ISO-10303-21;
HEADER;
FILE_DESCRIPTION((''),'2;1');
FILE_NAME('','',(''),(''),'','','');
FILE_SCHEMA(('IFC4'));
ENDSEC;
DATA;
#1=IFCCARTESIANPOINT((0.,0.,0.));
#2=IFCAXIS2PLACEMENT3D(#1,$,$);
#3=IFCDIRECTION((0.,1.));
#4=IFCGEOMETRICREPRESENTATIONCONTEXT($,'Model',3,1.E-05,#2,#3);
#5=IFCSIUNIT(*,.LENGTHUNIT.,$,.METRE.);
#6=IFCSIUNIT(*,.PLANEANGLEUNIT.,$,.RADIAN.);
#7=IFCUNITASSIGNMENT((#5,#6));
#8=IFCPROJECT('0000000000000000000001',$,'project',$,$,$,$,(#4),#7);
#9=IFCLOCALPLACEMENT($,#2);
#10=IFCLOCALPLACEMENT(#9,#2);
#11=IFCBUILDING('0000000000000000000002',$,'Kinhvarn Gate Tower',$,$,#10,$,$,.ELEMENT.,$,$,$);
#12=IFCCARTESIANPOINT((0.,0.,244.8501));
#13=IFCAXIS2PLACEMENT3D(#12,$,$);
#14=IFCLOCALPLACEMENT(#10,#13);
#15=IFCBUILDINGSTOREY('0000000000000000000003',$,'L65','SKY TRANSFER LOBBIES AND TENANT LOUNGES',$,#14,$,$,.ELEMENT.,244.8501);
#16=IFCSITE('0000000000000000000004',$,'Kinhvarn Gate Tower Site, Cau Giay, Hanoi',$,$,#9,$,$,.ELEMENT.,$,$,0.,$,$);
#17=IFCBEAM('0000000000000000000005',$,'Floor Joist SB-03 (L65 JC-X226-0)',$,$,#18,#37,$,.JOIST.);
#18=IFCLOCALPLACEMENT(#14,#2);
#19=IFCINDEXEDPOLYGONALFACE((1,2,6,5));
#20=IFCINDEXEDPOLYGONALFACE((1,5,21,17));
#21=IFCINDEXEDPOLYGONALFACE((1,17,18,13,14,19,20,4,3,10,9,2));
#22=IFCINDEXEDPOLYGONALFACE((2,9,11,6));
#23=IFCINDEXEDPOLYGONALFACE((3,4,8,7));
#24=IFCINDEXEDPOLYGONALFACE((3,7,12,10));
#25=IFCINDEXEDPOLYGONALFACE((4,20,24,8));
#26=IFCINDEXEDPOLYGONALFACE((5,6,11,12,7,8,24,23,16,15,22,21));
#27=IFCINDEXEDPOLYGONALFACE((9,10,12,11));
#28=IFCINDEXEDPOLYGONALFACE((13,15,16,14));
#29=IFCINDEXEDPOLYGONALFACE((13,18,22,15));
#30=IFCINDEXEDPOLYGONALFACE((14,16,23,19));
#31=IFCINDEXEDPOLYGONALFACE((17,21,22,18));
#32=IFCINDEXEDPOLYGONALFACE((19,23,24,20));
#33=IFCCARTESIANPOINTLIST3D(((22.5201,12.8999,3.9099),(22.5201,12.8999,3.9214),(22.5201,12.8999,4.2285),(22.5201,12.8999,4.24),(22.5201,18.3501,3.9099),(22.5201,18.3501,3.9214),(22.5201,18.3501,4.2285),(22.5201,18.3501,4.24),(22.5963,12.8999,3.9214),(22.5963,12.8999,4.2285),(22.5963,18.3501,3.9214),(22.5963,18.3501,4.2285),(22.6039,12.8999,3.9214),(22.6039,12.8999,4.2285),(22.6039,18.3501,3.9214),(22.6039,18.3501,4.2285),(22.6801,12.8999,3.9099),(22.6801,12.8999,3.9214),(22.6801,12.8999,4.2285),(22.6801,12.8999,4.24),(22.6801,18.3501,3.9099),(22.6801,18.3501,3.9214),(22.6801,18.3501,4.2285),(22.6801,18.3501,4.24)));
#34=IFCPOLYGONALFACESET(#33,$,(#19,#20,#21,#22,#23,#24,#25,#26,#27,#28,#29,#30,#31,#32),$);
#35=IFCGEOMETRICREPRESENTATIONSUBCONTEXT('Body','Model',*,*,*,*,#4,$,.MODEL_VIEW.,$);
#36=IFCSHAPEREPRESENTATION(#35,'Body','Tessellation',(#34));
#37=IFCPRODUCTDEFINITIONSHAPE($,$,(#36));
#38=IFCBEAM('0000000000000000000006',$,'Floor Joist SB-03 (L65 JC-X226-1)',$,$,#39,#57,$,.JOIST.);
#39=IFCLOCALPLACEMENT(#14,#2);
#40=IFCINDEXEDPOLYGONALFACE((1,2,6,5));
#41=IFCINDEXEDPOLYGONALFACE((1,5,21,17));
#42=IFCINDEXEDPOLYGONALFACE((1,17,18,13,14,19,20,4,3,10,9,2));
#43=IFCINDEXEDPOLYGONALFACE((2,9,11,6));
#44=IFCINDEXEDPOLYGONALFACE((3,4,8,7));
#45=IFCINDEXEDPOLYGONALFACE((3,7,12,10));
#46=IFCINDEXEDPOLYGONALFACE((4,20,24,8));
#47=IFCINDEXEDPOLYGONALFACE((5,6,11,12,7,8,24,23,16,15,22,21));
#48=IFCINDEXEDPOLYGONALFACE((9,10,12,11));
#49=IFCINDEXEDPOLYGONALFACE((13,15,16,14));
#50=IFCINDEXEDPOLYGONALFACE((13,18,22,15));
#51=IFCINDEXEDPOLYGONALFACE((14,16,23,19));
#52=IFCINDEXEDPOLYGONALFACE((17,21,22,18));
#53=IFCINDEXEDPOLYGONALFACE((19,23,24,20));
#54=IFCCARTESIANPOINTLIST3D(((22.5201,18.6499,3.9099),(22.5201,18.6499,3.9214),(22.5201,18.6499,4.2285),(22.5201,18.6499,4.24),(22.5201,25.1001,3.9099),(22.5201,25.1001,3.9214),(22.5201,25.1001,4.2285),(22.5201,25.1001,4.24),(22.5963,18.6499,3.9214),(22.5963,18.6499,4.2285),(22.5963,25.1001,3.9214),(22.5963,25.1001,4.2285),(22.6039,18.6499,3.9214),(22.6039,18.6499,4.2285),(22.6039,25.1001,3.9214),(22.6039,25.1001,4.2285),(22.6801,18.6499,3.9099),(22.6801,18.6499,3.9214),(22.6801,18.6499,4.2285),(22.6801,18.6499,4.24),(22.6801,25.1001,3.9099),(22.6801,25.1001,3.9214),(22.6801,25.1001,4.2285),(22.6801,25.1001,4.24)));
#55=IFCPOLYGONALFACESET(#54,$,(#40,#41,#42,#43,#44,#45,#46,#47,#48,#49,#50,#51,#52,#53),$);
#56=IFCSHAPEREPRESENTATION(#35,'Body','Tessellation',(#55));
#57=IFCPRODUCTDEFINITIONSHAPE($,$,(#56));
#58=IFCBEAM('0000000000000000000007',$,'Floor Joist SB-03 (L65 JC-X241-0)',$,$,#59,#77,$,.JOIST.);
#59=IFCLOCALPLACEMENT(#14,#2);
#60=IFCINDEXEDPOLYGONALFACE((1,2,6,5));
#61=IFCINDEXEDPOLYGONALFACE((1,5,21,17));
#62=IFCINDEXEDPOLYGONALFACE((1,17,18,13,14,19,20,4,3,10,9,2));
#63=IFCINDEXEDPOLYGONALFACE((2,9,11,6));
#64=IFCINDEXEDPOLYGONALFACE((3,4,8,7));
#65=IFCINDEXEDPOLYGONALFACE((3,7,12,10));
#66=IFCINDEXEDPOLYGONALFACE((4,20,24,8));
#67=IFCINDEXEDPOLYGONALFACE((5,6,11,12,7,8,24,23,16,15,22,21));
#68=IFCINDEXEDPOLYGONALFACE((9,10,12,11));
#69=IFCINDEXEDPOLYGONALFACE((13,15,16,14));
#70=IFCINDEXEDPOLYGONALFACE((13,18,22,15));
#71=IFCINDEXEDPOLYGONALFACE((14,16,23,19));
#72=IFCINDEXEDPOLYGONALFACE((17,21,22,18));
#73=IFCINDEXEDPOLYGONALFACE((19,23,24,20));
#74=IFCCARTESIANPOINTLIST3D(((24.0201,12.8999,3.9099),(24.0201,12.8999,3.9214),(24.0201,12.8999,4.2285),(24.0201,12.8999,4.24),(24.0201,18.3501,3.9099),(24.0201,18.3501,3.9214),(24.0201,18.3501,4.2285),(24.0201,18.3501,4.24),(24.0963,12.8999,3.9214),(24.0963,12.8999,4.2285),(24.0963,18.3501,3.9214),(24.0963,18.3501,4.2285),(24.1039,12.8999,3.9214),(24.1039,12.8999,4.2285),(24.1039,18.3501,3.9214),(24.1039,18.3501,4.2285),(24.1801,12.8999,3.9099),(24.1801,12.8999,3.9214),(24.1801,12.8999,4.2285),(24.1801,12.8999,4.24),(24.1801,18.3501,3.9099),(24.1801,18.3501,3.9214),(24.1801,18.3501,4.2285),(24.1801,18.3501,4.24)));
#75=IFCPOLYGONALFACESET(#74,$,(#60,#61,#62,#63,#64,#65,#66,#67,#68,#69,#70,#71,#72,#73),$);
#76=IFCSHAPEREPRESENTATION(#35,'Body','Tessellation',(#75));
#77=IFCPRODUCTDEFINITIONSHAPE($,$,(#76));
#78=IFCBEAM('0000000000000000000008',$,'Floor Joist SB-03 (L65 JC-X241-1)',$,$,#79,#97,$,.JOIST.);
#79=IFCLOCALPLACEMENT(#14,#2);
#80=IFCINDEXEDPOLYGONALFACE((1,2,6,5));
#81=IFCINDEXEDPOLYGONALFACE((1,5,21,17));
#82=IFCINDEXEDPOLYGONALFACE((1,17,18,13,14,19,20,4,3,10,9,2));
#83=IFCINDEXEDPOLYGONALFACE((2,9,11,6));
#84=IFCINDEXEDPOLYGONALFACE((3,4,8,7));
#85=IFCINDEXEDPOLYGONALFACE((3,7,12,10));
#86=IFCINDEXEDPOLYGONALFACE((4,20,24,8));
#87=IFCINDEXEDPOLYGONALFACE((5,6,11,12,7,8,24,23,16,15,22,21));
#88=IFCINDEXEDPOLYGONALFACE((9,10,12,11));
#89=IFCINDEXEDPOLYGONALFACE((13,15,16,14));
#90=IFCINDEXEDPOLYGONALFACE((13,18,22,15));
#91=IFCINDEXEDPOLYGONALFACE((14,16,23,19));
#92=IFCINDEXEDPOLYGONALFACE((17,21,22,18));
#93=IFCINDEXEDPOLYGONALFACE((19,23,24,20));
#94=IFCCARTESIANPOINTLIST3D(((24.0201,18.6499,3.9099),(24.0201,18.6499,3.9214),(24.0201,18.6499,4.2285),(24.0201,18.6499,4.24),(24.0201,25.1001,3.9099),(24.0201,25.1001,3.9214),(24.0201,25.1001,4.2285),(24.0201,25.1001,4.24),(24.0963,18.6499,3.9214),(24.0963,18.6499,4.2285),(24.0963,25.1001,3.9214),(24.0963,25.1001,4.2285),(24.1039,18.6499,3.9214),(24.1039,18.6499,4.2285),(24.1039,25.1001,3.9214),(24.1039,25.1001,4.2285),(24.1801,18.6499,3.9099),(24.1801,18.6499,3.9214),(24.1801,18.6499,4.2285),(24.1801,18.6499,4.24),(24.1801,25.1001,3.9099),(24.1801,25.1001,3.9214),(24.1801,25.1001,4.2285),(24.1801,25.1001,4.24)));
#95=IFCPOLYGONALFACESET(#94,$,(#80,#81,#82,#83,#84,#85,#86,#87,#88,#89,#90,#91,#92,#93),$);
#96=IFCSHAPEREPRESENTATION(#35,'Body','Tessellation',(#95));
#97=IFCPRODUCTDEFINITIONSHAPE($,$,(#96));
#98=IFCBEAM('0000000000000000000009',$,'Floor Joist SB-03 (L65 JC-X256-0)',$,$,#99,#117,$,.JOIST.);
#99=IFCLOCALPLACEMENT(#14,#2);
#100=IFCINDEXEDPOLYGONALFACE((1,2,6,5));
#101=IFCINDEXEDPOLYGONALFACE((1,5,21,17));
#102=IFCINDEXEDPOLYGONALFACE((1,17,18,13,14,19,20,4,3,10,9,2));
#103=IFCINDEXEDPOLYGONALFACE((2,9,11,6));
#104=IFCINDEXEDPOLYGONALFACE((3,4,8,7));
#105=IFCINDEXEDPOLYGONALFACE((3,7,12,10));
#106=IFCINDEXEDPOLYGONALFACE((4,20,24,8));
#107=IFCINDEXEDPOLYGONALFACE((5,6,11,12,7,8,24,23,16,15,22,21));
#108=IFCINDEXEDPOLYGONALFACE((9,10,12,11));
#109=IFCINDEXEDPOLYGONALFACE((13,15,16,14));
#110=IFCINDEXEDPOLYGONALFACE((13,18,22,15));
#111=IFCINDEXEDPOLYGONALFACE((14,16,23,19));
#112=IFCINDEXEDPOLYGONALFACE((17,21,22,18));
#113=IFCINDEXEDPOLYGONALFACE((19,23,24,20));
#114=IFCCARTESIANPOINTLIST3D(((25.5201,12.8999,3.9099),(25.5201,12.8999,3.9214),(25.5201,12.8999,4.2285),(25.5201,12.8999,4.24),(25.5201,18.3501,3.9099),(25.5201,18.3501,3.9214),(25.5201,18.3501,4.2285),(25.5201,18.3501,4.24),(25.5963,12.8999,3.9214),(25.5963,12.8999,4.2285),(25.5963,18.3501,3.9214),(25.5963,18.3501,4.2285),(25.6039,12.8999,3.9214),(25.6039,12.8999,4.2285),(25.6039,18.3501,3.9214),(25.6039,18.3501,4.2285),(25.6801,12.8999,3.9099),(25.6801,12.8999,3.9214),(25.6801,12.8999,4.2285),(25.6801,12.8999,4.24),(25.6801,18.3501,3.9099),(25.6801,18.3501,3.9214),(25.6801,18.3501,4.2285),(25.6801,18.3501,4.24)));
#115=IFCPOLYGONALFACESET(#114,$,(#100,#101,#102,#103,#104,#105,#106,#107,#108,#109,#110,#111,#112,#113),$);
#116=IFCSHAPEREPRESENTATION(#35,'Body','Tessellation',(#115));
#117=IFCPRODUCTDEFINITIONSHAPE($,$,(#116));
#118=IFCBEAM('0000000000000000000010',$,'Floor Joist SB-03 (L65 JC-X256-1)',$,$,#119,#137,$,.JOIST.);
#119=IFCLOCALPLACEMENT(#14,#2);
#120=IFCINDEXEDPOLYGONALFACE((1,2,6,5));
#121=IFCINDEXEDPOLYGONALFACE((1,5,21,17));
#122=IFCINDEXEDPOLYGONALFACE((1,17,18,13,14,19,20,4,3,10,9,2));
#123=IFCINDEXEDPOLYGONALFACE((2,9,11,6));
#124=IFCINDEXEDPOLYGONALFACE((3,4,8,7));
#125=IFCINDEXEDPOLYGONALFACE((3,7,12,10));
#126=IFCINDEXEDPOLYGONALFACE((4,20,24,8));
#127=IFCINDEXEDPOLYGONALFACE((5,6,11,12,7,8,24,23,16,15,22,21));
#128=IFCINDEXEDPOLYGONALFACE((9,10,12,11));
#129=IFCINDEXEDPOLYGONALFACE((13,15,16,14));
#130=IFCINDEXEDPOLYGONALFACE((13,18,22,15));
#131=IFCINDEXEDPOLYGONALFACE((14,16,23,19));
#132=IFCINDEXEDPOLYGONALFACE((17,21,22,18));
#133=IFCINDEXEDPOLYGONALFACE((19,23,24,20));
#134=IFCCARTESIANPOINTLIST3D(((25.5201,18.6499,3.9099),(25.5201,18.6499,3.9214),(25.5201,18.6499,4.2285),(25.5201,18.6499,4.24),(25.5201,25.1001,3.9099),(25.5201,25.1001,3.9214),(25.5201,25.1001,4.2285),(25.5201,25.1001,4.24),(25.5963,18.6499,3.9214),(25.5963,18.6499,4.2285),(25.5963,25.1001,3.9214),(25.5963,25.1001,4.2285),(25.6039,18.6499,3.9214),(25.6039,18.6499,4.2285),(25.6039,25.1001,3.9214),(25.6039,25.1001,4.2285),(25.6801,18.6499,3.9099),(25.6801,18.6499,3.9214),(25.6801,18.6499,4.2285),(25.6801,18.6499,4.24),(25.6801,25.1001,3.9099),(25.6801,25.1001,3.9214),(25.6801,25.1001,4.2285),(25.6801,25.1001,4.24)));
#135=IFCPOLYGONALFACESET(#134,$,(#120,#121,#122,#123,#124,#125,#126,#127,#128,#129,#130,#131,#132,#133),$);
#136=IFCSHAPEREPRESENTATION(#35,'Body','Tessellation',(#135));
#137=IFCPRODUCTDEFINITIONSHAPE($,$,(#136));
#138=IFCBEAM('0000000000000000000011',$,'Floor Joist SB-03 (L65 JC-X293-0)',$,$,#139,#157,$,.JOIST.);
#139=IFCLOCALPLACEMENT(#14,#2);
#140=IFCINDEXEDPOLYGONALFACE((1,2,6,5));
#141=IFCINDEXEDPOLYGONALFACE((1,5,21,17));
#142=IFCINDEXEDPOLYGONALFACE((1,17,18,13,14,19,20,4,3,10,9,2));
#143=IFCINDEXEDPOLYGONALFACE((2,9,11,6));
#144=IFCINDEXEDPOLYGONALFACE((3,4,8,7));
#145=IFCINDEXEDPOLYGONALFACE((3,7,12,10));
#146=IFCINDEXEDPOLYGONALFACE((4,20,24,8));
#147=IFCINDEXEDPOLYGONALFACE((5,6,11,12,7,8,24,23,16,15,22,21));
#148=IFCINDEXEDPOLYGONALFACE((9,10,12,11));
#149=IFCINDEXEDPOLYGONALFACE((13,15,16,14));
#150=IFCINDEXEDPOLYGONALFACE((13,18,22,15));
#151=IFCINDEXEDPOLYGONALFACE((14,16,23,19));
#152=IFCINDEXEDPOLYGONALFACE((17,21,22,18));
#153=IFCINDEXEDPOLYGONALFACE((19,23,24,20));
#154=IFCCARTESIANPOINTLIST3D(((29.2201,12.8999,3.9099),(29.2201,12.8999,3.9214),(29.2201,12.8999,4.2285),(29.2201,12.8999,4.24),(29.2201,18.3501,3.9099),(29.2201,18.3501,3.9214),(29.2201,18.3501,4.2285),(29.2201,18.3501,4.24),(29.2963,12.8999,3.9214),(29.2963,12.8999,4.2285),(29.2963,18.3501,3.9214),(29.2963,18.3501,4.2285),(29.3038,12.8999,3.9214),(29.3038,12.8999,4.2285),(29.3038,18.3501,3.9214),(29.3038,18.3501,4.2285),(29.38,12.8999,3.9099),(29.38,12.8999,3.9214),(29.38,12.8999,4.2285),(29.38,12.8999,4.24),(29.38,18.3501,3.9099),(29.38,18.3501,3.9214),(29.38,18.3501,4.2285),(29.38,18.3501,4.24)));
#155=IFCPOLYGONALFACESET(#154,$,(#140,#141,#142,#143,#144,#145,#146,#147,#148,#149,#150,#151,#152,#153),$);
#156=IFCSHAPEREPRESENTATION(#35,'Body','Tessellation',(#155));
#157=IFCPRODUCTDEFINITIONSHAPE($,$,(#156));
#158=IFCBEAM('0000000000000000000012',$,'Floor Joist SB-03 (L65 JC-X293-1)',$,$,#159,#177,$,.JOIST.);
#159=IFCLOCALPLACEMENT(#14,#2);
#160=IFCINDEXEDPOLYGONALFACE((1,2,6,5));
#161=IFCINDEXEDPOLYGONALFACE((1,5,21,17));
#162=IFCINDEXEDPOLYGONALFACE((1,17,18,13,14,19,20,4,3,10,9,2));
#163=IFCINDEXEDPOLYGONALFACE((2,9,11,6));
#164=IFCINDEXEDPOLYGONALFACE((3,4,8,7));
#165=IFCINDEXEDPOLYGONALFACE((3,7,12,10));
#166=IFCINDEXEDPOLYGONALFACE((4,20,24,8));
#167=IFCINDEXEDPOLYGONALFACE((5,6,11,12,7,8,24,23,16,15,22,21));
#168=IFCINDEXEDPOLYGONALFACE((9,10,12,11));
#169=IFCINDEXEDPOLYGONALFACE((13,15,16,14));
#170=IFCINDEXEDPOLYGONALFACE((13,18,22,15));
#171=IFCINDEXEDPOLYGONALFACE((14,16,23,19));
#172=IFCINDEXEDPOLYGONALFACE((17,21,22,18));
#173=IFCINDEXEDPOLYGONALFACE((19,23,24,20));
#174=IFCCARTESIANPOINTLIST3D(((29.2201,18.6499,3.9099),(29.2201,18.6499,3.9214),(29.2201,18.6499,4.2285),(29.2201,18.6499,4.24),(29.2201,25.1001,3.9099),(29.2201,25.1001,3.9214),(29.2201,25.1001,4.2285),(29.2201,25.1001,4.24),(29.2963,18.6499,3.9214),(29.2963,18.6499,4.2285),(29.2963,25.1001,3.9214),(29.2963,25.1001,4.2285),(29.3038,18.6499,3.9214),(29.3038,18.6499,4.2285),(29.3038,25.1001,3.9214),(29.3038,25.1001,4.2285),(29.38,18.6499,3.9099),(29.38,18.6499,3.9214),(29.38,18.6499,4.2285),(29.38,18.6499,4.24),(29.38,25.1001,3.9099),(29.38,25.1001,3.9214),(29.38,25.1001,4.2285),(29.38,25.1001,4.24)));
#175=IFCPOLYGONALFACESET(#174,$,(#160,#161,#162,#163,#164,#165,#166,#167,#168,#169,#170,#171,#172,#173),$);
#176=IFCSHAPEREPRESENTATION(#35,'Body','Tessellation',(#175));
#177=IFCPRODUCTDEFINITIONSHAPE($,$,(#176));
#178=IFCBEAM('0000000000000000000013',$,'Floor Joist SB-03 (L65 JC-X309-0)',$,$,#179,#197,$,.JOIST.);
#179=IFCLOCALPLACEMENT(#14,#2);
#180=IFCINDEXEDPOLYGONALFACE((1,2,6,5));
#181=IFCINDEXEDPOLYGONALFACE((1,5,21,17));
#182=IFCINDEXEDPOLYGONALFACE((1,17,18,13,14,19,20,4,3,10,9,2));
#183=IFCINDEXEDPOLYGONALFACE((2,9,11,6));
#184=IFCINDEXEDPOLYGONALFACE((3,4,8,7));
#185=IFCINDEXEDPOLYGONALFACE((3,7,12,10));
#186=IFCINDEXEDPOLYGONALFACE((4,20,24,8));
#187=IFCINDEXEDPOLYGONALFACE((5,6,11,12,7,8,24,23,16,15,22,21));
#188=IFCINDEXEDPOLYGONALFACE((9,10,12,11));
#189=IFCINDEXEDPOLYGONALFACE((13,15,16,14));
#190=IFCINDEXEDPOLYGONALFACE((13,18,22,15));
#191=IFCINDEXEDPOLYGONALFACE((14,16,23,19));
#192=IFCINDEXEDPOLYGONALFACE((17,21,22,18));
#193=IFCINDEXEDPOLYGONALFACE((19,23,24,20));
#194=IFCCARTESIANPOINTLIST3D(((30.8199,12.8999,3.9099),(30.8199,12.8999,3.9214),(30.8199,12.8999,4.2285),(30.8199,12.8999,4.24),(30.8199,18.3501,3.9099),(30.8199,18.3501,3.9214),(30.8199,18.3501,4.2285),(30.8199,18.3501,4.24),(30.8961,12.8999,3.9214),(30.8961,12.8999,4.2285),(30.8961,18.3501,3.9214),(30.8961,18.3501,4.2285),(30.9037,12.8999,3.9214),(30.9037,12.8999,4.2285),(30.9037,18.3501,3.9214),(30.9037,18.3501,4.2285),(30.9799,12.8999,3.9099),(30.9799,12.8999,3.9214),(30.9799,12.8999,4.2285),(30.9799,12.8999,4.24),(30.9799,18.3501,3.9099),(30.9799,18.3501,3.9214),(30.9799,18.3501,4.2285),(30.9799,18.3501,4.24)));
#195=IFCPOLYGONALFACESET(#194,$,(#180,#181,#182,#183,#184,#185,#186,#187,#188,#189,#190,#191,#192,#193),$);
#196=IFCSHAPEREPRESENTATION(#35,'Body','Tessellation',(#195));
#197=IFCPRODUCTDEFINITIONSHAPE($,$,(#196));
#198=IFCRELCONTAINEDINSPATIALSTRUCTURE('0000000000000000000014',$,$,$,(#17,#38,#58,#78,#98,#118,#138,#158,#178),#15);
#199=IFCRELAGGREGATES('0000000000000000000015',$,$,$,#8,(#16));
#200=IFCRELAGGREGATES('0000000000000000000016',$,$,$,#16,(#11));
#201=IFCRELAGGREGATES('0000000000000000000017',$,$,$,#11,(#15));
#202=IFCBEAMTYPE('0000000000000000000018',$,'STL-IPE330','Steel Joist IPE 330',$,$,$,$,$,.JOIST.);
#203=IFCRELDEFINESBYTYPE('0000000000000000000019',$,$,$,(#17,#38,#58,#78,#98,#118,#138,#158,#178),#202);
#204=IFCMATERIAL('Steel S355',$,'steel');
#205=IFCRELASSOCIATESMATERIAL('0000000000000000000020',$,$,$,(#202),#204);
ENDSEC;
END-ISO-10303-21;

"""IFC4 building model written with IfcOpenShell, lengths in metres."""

from ifc_helpers import new_model, si_unit, direction, frame, origin, origin_2d, place, context, subcontext, project, spatial, i_section, extrude, material, material_profile, profile_set, type_object, element, save


model = new_model("IFC4")

# Units and contexts
model_context = context("Model", 3, precision=1e-05, world=origin(), true_north=direction((0.0, 1.0)))
body_context = subcontext(model_context, "Body", "Model", "MODEL_VIEW")
ifc_project = project(units=[si_unit("LENGTHUNIT", "METRE"), si_unit("PLANEANGLEUNIT", "RADIAN")], contexts=[model_context])

# Site, building, storey
site_placement = place(None, origin())
site = spatial("IfcSite", under=ifc_project, at=site_placement, Name="Kinhvarn Gate Tower Site, Cau Giay, Hanoi", CompositionType="ELEMENT", RefElevation=0.0)
building_placement = place(site_placement, origin())
building = spatial("IfcBuilding", under=site, at=building_placement, Name="Kinhvarn Gate Tower", CompositionType="ELEMENT")
storey_placement = place(building_placement, frame((0.0, 0.0, 244.8501)))
storey = spatial("IfcBuildingStorey", under=building, at=storey_placement, Name="L65", Description="SKY TRANSFER LOBBIES AND TENANT LOUNGES", CompositionType="ELEMENT", Elevation=244.8501)

# Beams
ifc_material_1 = material(Name="Steel S355", Category="steel")
ifc_material_profile = material_profile(ifc_material_1, i_section(OverallWidth=0.1599, OverallDepth=0.3301, WebThickness=0.0076, FlangeThickness=0.0115, at=origin_2d()), Name="IPE 330")
ifc_profile_set = profile_set([ifc_material_profile], Name="Steel S355")
beam_type = type_object("IfcBeamType", Name="STL-IPE330", Description="Steel Joist IPE 330", PredefinedType="JOIST", material=ifc_profile_set)
beam_1_placement = place(storey_placement, frame((22.6001, 12.8999, 4.075), z_axis=(0.0, 1.0, 0.0), x_axis=(-1.0, 0.0, 0.0)))
element("IfcBeam", 1, at=beam_1_placement, inside=storey, type_object=beam_type, Name="Floor Joist SB-03 (L65 JC-X226-0)", PredefinedType="JOIST", context=body_context, shape_type="SweptSolid", body=[
    extrude(i_section(OverallWidth=0.1599, OverallDepth=0.3301, WebThickness=0.0076, FlangeThickness=0.0115, at=origin_2d()), origin(), (0.0, 0.0, 1.0), 5.4502),
])
beam_2_placement = place(storey_placement, frame((22.6001, 18.6499, 4.075), z_axis=(0.0, 1.0, 0.0), x_axis=(-1.0, 0.0, 0.0)))
element("IfcBeam", 2, at=beam_2_placement, inside=storey, type_object=beam_type, Name="Floor Joist SB-03 (L65 JC-X226-1)", PredefinedType="JOIST", context=body_context, shape_type="SweptSolid", body=[
    extrude(i_section(OverallWidth=0.1599, OverallDepth=0.3301, WebThickness=0.0076, FlangeThickness=0.0115, at=origin_2d()), origin(), (0.0, 0.0, 1.0), 6.4502),
])
beam_3_placement = place(storey_placement, frame((24.1001, 12.8999, 4.075), z_axis=(0.0, 1.0, 0.0), x_axis=(-1.0, 0.0, 0.0)))
element("IfcBeam", 3, at=beam_3_placement, inside=storey, type_object=beam_type, Name="Floor Joist SB-03 (L65 JC-X241-0)", PredefinedType="JOIST", context=body_context, shape_type="SweptSolid", body=[
    extrude(i_section(OverallWidth=0.1599, OverallDepth=0.3301, WebThickness=0.0076, FlangeThickness=0.0115, at=origin_2d()), origin(), (0.0, 0.0, 1.0), 5.4502),
])
beam_4_placement = place(storey_placement, frame((24.1001, 18.6499, 4.075), z_axis=(0.0, 1.0, 0.0), x_axis=(-1.0, 0.0, 0.0)))
element("IfcBeam", 4, at=beam_4_placement, inside=storey, type_object=beam_type, Name="Floor Joist SB-03 (L65 JC-X241-1)", PredefinedType="JOIST", context=body_context, shape_type="SweptSolid", body=[
    extrude(i_section(OverallWidth=0.1599, OverallDepth=0.3301, WebThickness=0.0076, FlangeThickness=0.0115, at=origin_2d()), origin(), (0.0, 0.0, 1.0), 6.4502),
])
beam_5_placement = place(storey_placement, frame((25.6001, 12.8999, 4.075), z_axis=(0.0, 1.0, 0.0), x_axis=(-1.0, 0.0, 0.0)))
element("IfcBeam", 5, at=beam_5_placement, inside=storey, type_object=beam_type, Name="Floor Joist SB-03 (L65 JC-X256-0)", PredefinedType="JOIST", context=body_context, shape_type="SweptSolid", body=[
    extrude(i_section(OverallWidth=0.1599, OverallDepth=0.3301, WebThickness=0.0076, FlangeThickness=0.0115, at=origin_2d()), origin(), (0.0, 0.0, 1.0), 5.4502),
])
beam_6_placement = place(storey_placement, frame((25.6001, 18.6499, 4.075), z_axis=(0.0, 1.0, 0.0), x_axis=(-1.0, 0.0, 0.0)))
element("IfcBeam", 6, at=beam_6_placement, inside=storey, type_object=beam_type, Name="Floor Joist SB-03 (L65 JC-X256-1)", PredefinedType="JOIST", context=body_context, shape_type="SweptSolid", body=[
    extrude(i_section(OverallWidth=0.1599, OverallDepth=0.3301, WebThickness=0.0076, FlangeThickness=0.0115, at=origin_2d()), origin(), (0.0, 0.0, 1.0), 6.4502),
])
beam_7_placement = place(storey_placement, frame((29.3, 12.8999, 4.075), z_axis=(0.0, 1.0, 0.0), x_axis=(-1.0, 0.0, 0.0)))
element("IfcBeam", 7, at=beam_7_placement, inside=storey, type_object=beam_type, Name="Floor Joist SB-03 (L65 JC-X293-0)", PredefinedType="JOIST", context=body_context, shape_type="SweptSolid", body=[
    extrude(i_section(OverallWidth=0.1599, OverallDepth=0.3301, WebThickness=0.0076, FlangeThickness=0.0115, at=origin_2d()), origin(), (0.0, 0.0, 1.0), 5.4502),
])
beam_8_placement = place(storey_placement, frame((29.3, 18.6499, 4.075), z_axis=(0.0, 1.0, 0.0), x_axis=(-1.0, 0.0, 0.0)))
element("IfcBeam", 8, at=beam_8_placement, inside=storey, type_object=beam_type, Name="Floor Joist SB-03 (L65 JC-X293-1)", PredefinedType="JOIST", context=body_context, shape_type="SweptSolid", body=[
    extrude(i_section(OverallWidth=0.1599, OverallDepth=0.3301, WebThickness=0.0076, FlangeThickness=0.0115, at=origin_2d()), origin(), (0.0, 0.0, 1.0), 6.4502),
])
beam_9_placement = place(storey_placement, frame((30.8999, 12.8999, 4.075), z_axis=(0.0, 1.0, 0.0), x_axis=(-1.0, 0.0, 0.0)))
element("IfcBeam", 9, at=beam_9_placement, inside=storey, type_object=beam_type, Name="Floor Joist SB-03 (L65 JC-X309-0)", PredefinedType="JOIST", context=body_context, shape_type="SweptSolid", body=[
    extrude(i_section(OverallWidth=0.1599, OverallDepth=0.3301, WebThickness=0.0076, FlangeThickness=0.0115, at=origin_2d()), origin(), (0.0, 0.0, 1.0), 5.4502),
])

save(model, "model.ifc")
